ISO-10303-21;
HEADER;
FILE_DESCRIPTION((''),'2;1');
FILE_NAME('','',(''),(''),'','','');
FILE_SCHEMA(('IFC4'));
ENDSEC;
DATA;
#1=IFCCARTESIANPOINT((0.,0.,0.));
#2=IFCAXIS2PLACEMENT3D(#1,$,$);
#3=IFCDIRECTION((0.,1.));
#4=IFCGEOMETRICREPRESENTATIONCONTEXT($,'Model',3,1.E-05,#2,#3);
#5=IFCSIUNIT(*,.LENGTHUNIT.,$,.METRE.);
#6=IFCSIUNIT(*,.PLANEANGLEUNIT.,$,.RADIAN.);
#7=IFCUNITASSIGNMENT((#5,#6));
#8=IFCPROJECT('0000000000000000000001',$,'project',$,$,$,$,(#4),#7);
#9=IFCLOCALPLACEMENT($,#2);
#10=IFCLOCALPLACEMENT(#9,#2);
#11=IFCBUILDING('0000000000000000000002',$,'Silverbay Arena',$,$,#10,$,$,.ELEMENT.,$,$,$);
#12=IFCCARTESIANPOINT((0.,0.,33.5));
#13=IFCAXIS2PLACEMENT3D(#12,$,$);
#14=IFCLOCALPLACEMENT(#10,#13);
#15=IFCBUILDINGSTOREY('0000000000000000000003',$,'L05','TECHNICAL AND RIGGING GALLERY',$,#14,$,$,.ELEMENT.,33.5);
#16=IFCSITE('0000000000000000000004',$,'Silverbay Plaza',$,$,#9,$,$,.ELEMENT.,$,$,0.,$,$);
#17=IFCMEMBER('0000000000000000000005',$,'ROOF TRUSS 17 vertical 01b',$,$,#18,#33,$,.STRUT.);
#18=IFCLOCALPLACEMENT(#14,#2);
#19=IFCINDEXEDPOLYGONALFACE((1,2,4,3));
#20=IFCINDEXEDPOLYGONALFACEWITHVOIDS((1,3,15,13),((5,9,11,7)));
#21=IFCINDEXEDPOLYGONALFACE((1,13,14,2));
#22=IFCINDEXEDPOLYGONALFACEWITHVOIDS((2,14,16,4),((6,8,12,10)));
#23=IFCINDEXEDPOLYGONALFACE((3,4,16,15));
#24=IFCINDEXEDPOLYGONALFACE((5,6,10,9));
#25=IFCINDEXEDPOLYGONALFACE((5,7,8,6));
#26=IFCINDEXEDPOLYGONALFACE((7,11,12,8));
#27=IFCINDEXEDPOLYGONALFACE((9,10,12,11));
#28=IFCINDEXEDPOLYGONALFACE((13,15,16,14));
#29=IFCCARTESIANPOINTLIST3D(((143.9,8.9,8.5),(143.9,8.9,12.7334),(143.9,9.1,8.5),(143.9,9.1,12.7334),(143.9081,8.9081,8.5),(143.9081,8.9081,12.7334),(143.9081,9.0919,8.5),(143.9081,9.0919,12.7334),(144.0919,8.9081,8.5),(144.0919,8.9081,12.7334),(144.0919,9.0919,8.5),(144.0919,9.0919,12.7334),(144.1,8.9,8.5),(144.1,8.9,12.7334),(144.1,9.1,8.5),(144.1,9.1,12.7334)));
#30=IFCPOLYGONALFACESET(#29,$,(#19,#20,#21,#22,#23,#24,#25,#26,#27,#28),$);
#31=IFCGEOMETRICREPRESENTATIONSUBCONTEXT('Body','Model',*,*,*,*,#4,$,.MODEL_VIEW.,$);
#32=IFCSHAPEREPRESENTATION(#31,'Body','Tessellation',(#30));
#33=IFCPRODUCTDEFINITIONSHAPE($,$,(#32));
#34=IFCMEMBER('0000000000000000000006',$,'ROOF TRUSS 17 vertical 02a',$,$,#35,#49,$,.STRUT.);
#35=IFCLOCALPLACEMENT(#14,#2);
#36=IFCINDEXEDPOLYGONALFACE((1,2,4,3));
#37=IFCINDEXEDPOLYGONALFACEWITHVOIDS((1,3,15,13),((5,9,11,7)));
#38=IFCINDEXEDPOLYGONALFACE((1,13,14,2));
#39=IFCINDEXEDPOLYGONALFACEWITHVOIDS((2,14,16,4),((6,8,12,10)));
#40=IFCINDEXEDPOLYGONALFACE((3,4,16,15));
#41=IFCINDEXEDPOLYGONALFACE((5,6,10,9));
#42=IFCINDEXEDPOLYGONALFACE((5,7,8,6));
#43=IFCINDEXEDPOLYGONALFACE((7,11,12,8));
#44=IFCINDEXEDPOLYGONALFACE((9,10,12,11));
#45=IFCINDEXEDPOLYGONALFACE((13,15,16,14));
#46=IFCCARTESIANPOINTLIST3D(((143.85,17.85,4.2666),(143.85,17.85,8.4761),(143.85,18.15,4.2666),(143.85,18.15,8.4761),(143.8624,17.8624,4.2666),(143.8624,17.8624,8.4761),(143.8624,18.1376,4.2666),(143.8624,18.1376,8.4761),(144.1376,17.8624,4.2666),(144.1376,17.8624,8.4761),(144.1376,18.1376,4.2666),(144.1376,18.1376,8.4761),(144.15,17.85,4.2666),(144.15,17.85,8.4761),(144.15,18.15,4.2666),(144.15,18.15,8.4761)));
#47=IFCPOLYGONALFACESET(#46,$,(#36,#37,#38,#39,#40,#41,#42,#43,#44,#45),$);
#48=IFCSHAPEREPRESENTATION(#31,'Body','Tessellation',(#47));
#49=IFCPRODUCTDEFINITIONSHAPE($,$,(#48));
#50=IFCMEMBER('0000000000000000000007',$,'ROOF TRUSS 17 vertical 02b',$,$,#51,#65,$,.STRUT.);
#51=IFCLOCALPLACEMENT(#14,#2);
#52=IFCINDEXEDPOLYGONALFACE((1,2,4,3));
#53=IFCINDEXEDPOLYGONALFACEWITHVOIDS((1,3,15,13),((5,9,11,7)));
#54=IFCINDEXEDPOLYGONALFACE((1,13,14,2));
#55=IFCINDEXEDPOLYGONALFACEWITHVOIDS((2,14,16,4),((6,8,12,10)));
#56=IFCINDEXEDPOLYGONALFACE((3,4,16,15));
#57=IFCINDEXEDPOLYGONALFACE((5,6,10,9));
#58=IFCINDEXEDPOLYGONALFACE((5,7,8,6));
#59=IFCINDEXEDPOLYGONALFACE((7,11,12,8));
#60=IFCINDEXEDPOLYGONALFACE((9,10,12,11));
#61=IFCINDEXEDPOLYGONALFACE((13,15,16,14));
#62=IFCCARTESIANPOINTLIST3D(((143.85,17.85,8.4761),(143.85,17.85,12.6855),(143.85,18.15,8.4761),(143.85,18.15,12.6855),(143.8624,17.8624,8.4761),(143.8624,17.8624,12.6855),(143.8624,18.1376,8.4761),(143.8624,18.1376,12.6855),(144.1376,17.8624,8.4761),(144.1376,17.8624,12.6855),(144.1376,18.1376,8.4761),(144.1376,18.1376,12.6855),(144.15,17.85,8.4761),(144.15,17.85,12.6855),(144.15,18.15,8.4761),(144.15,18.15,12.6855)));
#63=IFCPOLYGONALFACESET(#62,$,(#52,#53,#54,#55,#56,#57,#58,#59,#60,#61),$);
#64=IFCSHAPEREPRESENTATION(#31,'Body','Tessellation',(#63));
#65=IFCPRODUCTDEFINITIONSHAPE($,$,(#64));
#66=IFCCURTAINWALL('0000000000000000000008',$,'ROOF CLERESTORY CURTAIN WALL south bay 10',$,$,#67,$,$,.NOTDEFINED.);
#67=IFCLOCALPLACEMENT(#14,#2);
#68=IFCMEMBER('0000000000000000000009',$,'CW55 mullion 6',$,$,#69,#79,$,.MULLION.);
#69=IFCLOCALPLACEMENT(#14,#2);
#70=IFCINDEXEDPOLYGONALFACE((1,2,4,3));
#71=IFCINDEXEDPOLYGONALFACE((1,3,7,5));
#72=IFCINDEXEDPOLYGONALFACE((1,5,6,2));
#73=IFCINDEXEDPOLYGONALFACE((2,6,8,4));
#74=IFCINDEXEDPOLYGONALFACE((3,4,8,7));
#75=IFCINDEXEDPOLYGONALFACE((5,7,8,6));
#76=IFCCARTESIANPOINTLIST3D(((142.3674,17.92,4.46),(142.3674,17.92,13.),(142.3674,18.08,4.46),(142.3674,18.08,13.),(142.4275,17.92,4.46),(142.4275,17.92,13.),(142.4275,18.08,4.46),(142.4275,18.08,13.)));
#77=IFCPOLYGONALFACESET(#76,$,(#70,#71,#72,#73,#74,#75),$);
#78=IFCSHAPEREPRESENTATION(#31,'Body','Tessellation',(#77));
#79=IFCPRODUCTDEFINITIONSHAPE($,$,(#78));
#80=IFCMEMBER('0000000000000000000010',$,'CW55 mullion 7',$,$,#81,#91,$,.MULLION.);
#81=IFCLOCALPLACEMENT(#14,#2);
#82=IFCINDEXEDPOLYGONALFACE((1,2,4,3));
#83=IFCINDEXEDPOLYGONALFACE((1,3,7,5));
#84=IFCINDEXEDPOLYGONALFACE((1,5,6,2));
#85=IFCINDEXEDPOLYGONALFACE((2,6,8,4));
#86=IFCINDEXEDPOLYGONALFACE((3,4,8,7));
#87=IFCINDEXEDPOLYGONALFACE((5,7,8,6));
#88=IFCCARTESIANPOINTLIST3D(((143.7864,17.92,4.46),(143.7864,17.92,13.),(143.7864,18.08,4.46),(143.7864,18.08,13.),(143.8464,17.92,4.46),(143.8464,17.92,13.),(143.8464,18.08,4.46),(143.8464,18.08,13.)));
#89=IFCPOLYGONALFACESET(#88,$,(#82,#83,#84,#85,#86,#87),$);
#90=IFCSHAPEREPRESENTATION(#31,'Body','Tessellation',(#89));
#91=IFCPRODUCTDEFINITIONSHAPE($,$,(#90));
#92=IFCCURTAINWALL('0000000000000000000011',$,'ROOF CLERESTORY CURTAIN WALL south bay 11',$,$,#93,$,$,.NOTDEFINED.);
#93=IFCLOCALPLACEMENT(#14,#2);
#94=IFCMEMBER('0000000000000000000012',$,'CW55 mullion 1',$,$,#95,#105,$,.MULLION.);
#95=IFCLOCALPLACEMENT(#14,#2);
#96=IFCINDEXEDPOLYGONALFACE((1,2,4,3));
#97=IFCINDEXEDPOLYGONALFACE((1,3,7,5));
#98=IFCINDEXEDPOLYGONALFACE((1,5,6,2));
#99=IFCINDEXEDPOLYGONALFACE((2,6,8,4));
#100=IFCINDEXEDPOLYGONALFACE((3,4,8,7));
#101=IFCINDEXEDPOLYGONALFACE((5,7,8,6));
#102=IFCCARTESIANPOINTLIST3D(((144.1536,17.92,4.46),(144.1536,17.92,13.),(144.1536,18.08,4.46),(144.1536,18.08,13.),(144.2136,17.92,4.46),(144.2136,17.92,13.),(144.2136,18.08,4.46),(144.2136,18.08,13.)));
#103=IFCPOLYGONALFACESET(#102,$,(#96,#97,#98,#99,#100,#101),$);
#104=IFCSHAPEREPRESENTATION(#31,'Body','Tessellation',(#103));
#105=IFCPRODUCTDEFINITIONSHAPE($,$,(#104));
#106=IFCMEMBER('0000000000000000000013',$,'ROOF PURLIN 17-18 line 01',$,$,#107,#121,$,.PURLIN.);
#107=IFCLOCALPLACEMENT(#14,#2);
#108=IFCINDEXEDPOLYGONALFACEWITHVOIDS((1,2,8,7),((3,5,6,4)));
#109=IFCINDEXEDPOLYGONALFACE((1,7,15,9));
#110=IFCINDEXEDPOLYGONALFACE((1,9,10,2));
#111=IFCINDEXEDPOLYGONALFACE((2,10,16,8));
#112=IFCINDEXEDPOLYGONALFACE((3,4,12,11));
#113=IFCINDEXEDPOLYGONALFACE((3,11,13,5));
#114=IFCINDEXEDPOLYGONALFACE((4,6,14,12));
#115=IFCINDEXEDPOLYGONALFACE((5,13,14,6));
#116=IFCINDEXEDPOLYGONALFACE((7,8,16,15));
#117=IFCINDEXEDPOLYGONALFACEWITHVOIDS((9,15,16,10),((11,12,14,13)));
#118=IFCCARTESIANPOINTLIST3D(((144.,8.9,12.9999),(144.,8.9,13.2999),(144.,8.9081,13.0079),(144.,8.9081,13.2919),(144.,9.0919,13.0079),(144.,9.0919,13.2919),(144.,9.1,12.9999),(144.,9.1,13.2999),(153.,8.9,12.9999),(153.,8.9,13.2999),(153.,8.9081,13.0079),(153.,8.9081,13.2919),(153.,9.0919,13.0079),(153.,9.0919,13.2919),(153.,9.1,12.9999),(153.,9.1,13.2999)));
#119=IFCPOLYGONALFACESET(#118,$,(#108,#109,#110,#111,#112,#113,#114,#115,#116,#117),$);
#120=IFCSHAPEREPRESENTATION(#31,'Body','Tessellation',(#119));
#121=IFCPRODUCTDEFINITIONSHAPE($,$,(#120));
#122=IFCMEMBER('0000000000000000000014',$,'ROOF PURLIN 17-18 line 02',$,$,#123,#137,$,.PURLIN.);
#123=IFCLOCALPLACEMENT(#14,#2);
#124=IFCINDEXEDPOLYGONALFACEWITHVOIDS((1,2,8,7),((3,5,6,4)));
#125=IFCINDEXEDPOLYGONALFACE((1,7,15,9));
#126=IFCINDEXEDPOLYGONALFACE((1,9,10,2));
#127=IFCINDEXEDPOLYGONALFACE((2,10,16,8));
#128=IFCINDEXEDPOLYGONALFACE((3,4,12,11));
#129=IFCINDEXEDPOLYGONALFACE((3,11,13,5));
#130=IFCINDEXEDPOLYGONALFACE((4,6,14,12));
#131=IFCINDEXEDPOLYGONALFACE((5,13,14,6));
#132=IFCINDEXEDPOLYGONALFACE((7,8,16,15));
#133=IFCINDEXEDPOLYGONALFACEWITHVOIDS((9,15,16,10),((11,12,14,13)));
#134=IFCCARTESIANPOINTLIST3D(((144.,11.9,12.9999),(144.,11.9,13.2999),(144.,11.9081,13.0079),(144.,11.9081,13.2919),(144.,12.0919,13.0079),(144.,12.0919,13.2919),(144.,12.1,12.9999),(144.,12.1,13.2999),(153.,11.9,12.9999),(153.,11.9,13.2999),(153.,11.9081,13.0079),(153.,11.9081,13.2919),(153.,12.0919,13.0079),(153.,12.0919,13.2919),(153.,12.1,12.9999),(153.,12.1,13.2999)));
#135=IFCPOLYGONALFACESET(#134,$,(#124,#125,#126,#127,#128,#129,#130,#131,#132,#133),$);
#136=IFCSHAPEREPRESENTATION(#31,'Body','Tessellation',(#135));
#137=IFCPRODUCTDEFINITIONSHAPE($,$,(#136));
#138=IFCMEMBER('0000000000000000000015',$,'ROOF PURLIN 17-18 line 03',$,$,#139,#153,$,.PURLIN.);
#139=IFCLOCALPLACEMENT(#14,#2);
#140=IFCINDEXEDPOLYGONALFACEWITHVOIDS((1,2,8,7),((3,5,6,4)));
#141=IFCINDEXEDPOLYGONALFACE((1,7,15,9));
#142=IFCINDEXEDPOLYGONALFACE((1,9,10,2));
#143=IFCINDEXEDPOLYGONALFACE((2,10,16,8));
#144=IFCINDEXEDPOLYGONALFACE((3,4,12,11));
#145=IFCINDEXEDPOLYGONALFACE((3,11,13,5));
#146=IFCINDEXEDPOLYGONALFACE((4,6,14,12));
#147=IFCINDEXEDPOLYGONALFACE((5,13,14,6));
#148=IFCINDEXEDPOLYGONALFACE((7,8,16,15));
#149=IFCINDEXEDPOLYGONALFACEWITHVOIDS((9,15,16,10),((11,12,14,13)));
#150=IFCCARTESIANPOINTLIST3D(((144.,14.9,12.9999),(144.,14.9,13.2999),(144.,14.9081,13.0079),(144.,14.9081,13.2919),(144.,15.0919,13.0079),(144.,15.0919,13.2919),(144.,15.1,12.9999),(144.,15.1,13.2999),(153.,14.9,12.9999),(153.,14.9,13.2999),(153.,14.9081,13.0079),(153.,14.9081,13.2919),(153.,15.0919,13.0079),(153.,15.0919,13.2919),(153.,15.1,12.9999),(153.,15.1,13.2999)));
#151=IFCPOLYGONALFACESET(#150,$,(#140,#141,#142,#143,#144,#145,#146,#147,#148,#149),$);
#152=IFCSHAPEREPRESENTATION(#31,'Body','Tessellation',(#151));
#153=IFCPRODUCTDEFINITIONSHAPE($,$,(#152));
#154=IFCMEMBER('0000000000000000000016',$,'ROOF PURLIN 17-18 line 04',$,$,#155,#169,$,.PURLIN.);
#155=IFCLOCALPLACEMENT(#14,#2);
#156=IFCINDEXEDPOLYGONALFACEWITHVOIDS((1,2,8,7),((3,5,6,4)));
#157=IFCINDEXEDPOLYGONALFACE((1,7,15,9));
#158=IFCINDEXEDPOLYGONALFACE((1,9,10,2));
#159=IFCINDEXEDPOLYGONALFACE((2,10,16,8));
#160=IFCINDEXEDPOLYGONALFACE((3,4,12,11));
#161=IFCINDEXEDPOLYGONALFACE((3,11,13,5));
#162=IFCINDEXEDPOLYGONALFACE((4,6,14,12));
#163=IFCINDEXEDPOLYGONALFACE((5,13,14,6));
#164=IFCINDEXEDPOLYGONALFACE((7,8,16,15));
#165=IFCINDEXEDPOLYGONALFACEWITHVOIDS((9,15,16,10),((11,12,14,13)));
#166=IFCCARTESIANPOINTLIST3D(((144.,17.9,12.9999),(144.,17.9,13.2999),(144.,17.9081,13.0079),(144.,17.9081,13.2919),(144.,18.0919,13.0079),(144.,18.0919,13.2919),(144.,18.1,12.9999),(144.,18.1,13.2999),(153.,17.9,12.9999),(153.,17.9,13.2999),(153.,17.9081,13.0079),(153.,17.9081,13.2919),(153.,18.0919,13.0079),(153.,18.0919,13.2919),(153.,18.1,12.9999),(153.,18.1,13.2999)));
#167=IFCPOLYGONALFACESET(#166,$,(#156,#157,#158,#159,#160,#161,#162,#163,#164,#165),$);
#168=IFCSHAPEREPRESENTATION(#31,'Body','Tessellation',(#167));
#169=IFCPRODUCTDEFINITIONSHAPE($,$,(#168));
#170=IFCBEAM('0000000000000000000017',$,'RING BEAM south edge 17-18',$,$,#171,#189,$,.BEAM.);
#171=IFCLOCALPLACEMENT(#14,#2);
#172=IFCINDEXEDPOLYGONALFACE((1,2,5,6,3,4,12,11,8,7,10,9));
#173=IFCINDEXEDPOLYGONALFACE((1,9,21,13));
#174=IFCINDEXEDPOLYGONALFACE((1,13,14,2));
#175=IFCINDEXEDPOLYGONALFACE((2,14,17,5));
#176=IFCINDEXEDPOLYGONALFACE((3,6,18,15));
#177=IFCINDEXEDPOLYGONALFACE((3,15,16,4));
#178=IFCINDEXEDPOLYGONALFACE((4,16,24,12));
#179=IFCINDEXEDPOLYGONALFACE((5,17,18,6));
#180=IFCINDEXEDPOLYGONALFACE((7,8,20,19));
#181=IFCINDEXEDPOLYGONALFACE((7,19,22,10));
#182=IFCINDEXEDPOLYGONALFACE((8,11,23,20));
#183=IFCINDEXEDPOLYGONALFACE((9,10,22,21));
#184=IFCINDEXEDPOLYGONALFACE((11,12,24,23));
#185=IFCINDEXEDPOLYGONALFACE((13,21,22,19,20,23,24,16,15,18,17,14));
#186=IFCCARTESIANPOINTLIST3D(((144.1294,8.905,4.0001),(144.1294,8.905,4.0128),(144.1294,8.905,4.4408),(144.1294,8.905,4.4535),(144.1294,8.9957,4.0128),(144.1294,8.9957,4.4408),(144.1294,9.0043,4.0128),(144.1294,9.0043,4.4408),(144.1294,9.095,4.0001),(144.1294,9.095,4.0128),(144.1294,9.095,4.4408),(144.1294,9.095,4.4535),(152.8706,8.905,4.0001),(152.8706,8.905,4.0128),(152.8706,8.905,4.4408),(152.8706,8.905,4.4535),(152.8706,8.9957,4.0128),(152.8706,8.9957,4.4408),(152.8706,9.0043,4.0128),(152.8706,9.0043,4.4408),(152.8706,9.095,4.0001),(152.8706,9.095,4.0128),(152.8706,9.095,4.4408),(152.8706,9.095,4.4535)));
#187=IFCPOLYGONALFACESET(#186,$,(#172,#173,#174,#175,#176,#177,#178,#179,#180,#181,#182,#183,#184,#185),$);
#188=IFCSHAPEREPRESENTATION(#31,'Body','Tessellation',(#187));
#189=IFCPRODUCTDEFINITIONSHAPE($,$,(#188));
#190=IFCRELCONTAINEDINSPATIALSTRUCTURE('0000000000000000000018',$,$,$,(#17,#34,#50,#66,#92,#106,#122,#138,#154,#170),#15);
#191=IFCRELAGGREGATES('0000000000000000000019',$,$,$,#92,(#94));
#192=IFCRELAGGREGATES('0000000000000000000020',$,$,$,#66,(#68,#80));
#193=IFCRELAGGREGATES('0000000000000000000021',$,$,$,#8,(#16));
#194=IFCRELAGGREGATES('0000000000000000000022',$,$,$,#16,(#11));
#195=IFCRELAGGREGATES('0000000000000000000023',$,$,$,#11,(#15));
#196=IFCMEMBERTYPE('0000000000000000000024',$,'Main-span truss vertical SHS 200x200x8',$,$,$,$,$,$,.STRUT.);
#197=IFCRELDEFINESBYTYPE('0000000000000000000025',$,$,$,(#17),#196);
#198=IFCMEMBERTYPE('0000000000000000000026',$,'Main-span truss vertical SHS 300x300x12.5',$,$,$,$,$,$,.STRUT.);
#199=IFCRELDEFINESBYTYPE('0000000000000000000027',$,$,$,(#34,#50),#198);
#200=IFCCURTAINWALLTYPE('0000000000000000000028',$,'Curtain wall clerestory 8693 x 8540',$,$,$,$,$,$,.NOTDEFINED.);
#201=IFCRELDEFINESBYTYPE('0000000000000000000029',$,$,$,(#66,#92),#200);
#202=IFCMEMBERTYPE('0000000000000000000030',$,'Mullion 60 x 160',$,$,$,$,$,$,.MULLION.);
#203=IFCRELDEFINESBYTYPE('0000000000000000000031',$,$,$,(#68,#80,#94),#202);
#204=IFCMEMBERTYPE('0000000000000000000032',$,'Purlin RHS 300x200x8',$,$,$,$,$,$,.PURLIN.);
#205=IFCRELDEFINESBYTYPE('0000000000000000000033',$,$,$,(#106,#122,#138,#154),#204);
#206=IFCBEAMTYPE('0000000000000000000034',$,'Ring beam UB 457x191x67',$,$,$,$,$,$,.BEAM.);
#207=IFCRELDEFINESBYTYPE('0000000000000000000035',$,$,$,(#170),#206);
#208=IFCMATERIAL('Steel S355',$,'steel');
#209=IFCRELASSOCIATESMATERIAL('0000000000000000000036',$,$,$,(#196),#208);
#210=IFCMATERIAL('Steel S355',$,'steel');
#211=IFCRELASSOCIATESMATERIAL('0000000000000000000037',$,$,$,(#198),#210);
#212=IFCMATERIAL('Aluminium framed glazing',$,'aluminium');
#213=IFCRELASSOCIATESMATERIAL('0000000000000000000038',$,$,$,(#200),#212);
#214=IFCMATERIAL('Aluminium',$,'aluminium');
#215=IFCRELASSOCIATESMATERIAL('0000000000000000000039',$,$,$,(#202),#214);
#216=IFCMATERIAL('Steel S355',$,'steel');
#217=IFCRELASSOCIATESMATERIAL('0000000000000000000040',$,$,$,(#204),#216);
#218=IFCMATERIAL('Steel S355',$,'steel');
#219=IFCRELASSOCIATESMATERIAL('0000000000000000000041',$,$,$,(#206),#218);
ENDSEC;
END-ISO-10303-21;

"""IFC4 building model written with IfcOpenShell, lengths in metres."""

from ifc_helpers import new_model, si_unit, direction, frame, origin, origin_2d, place, context, subcontext, project, spatial, rectangle, hollow_rectangle, i_section, extrude, material, material_profile, profile_set, type_object, element, aggregate, save


model = new_model("IFC4")

# Units and contexts
model_context = context("Model", 3, precision=1e-05, world=origin(), true_north=direction((0.0, 1.0)))
body_context = subcontext(model_context, "Body", "Model", "MODEL_VIEW")
ifc_project = project(units=[si_unit("LENGTHUNIT", "METRE"), si_unit("PLANEANGLEUNIT", "RADIAN")], contexts=[model_context])

# Site, building, storey
site_placement = place(None, origin())
site = spatial("IfcSite", under=ifc_project, at=site_placement, Name="Silverbay Plaza", CompositionType="ELEMENT", RefElevation=0.0)
building_placement = place(site_placement, origin())
building = spatial("IfcBuilding", under=site, at=building_placement, Name="Silverbay Arena", CompositionType="ELEMENT")
storey_placement = place(building_placement, frame((0.0, 0.0, 33.5)))
storey = spatial("IfcBuildingStorey", under=building, at=storey_placement, Name="L05", Description="TECHNICAL AND RIGGING GALLERY", CompositionType="ELEMENT", Elevation=33.5)

# Members
ifc_material_1 = material(Name="Steel S355", Category="steel")
ifc_material_profile_1 = material_profile(ifc_material_1, hollow_rectangle(XDim=0.2, YDim=0.2, WallThickness=0.0081, at=origin_2d()), Name="SHS 200x200x8")
ifc_profile_set_1 = profile_set([ifc_material_profile_1], Name="Steel S355")
member_type_1 = type_object("IfcMemberType", Name="Main-span truss vertical SHS 200x200x8", PredefinedType="STRUT", material=ifc_profile_set_1)
for number, where, z_axis, x_axis, name in (
    (1, (144.0, 9.0, 8.5), (0.0, 0.0, 1.0), (1.0, 0.0, 0.0), "ROOF TRUSS 17 vertical 01b"),
):
    element("IfcMember", number, at=place(storey_placement, frame(where, z_axis=z_axis, x_axis=x_axis)), inside=storey, type_object=member_type_1, Name=name, PredefinedType="STRUT", context=body_context, shape_type="SweptSolid", body=[
        extrude(hollow_rectangle(XDim=0.2, YDim=0.2, WallThickness=0.0081, at=origin_2d()), origin(), (0.0, 0.0, 1.0), 4.2334),
    ])
ifc_material_2 = material(Name="Steel S355", Category="steel")
ifc_material_profile_2 = material_profile(ifc_material_2, hollow_rectangle(XDim=0.3, YDim=0.3, WallThickness=0.0125, at=origin_2d()), Name="SHS 300x300x12.5")
ifc_profile_set_2 = profile_set([ifc_material_profile_2], Name="Steel S355")
member_type_2 = type_object("IfcMemberType", Name="Main-span truss vertical SHS 300x300x12.5", PredefinedType="STRUT", material=ifc_profile_set_2)
for number, where, z_axis, x_axis, name in (
    (2, (144.0, 18.0, 4.2666), (0.0, 0.0, 1.0), (1.0, 0.0, 0.0), "ROOF TRUSS 17 vertical 02a"),
    (3, (144.0, 18.0, 8.4761), (0.0, 0.0, 1.0), (1.0, 0.0, 0.0), "ROOF TRUSS 17 vertical 02b"),
):
    element("IfcMember", number, at=place(storey_placement, frame(where, z_axis=z_axis, x_axis=x_axis)), inside=storey, type_object=member_type_2, Name=name, PredefinedType="STRUT", context=body_context, shape_type="SweptSolid", body=[
        extrude(hollow_rectangle(XDim=0.3, YDim=0.3, WallThickness=0.0125, at=origin_2d()), origin(), (0.0, 0.0, 1.0), 4.2095),
    ])

# Curtain wall, members
ifc_material_3 = material(Name="Aluminium framed glazing", Category="aluminium")
curtain_wall_type = type_object("IfcCurtainWallType", Name="Curtain wall clerestory 8693 x 8540", PredefinedType="NOTDEFINED", material=ifc_material_3)
curtain_wall_1_placement = place(storey_placement, origin())
curtain_wall_1 = element("IfcCurtainWall", 4, at=curtain_wall_1_placement, inside=storey, type_object=curtain_wall_type, Name="ROOF CLERESTORY CURTAIN WALL south bay 10", PredefinedType="NOTDEFINED")
ifc_material_4 = material(Name="Aluminium", Category="aluminium")
ifc_material_profile_3 = material_profile(ifc_material_4, rectangle(XDim=0.1599, YDim=0.0601, at=origin_2d()), Name="Mullion 60 x 160")
ifc_profile_set_3 = profile_set([ifc_material_profile_3], Name="Aluminium")
member_type_3 = type_object("IfcMemberType", Name="Mullion 60 x 160", PredefinedType="MULLION", material=ifc_profile_set_3)
member_1_placement = place(storey_placement, frame((142.3975, 18.0, 4.46), z_axis=(0.0, 0.0, 1.0), x_axis=(0.0, 1.0, 0.0)))
member_1 = element("IfcMember", 5, at=member_1_placement, type_object=member_type_3, Name="CW55 mullion 6", PredefinedType="MULLION", context=body_context, shape_type="SweptSolid", body=[
    extrude(rectangle(XDim=0.1599, YDim=0.0601, at=origin_2d()), origin(), (0.0, 0.0, 1.0), 8.54),
])
member_2_placement = place(storey_placement, frame((143.8164, 18.0, 4.46), z_axis=(0.0, 0.0, 1.0), x_axis=(0.0, 1.0, 0.0)))
member_2 = element("IfcMember", 6, at=member_2_placement, type_object=member_type_3, Name="CW55 mullion 7", PredefinedType="MULLION", context=body_context, shape_type="SweptSolid", body=[
    extrude(rectangle(XDim=0.1599, YDim=0.0601, at=origin_2d()), origin(), (0.0, 0.0, 1.0), 8.54),
])

# Curtain wall, member
curtain_wall_2_placement = place(storey_placement, origin())
curtain_wall_2 = element("IfcCurtainWall", 7, at=curtain_wall_2_placement, inside=storey, type_object=curtain_wall_type, Name="ROOF CLERESTORY CURTAIN WALL south bay 11", PredefinedType="NOTDEFINED")
member_3_placement = place(storey_placement, frame((144.1836, 18.0, 4.46), z_axis=(0.0, 0.0, 1.0), x_axis=(0.0, 1.0, 0.0)))
member_3 = element("IfcMember", 8, at=member_3_placement, type_object=member_type_3, Name="CW55 mullion 1", PredefinedType="MULLION", context=body_context, shape_type="SweptSolid", body=[
    extrude(rectangle(XDim=0.1599, YDim=0.0601, at=origin_2d()), origin(), (0.0, 0.0, 1.0), 8.54),
])

# Members
ifc_material_5 = material(Name="Steel S355", Category="steel")
ifc_material_profile_4 = material_profile(ifc_material_5, hollow_rectangle(XDim=0.2, YDim=0.3, WallThickness=0.0081, at=origin_2d()), Name="RHS 300x200x8")
ifc_profile_set_4 = profile_set([ifc_material_profile_4], Name="Steel S355")
member_type_4 = type_object("IfcMemberType", Name="Purlin RHS 300x200x8", PredefinedType="PURLIN", material=ifc_profile_set_4)
for number, where, z_axis, x_axis, name in (
    (9, (144.0, 9.0, 13.1499), (1.0, 0.0, 0.0), (0.0, 1.0, 0.0), "ROOF PURLIN 17-18 line 01"),
    (10, (144.0, 12.0, 13.1499), (1.0, 0.0, 0.0), (0.0, 1.0, 0.0), "ROOF PURLIN 17-18 line 02"),
    (11, (144.0, 15.0, 13.1499), (1.0, 0.0, 0.0), (0.0, 1.0, 0.0), "ROOF PURLIN 17-18 line 03"),
    (12, (144.0, 18.0, 13.1499), (1.0, 0.0, 0.0), (0.0, 1.0, 0.0), "ROOF PURLIN 17-18 line 04"),
):
    element("IfcMember", number, at=place(storey_placement, frame(where, z_axis=z_axis, x_axis=x_axis)), inside=storey, type_object=member_type_4, Name=name, PredefinedType="PURLIN", context=body_context, shape_type="SweptSolid", body=[
        extrude(hollow_rectangle(XDim=0.2, YDim=0.3, WallThickness=0.0081, at=origin_2d()), origin(), (0.0, 0.0, 1.0), 9.0),
    ])

# Beam
ifc_material_6 = material(Name="Steel S355", Category="steel")
ifc_material_profile_5 = material_profile(ifc_material_6, i_section(OverallWidth=0.1899, OverallDepth=0.4534, WebThickness=0.0085, FlangeThickness=0.0127, at=origin_2d()), Name="UB 457x191x67")
ifc_profile_set_5 = profile_set([ifc_material_profile_5], Name="Steel S355")
beam_type_1 = type_object("IfcBeamType", Name="Ring beam UB 457x191x67", PredefinedType="BEAM", material=ifc_profile_set_5)
beam_1_placement = place(storey_placement, frame((144.1294, 9.0, 4.2268), z_axis=(1.0, 0.0, 0.0), x_axis=(0.0, 1.0, 0.0)))
element("IfcBeam", 13, at=beam_1_placement, inside=storey, type_object=beam_type_1, Name="RING BEAM south edge 17-18", PredefinedType="BEAM", context=body_context, shape_type="SweptSolid", body=[
    extrude(i_section(OverallWidth=0.1899, OverallDepth=0.4534, WebThickness=0.0085, FlangeThickness=0.0127, at=origin_2d()), origin(), (0.0, 0.0, 1.0), 8.7412),
])

aggregate(curtain_wall_2, [member_3])

aggregate(curtain_wall_1, [member_1, member_2])

save(model, "model.ifc")
